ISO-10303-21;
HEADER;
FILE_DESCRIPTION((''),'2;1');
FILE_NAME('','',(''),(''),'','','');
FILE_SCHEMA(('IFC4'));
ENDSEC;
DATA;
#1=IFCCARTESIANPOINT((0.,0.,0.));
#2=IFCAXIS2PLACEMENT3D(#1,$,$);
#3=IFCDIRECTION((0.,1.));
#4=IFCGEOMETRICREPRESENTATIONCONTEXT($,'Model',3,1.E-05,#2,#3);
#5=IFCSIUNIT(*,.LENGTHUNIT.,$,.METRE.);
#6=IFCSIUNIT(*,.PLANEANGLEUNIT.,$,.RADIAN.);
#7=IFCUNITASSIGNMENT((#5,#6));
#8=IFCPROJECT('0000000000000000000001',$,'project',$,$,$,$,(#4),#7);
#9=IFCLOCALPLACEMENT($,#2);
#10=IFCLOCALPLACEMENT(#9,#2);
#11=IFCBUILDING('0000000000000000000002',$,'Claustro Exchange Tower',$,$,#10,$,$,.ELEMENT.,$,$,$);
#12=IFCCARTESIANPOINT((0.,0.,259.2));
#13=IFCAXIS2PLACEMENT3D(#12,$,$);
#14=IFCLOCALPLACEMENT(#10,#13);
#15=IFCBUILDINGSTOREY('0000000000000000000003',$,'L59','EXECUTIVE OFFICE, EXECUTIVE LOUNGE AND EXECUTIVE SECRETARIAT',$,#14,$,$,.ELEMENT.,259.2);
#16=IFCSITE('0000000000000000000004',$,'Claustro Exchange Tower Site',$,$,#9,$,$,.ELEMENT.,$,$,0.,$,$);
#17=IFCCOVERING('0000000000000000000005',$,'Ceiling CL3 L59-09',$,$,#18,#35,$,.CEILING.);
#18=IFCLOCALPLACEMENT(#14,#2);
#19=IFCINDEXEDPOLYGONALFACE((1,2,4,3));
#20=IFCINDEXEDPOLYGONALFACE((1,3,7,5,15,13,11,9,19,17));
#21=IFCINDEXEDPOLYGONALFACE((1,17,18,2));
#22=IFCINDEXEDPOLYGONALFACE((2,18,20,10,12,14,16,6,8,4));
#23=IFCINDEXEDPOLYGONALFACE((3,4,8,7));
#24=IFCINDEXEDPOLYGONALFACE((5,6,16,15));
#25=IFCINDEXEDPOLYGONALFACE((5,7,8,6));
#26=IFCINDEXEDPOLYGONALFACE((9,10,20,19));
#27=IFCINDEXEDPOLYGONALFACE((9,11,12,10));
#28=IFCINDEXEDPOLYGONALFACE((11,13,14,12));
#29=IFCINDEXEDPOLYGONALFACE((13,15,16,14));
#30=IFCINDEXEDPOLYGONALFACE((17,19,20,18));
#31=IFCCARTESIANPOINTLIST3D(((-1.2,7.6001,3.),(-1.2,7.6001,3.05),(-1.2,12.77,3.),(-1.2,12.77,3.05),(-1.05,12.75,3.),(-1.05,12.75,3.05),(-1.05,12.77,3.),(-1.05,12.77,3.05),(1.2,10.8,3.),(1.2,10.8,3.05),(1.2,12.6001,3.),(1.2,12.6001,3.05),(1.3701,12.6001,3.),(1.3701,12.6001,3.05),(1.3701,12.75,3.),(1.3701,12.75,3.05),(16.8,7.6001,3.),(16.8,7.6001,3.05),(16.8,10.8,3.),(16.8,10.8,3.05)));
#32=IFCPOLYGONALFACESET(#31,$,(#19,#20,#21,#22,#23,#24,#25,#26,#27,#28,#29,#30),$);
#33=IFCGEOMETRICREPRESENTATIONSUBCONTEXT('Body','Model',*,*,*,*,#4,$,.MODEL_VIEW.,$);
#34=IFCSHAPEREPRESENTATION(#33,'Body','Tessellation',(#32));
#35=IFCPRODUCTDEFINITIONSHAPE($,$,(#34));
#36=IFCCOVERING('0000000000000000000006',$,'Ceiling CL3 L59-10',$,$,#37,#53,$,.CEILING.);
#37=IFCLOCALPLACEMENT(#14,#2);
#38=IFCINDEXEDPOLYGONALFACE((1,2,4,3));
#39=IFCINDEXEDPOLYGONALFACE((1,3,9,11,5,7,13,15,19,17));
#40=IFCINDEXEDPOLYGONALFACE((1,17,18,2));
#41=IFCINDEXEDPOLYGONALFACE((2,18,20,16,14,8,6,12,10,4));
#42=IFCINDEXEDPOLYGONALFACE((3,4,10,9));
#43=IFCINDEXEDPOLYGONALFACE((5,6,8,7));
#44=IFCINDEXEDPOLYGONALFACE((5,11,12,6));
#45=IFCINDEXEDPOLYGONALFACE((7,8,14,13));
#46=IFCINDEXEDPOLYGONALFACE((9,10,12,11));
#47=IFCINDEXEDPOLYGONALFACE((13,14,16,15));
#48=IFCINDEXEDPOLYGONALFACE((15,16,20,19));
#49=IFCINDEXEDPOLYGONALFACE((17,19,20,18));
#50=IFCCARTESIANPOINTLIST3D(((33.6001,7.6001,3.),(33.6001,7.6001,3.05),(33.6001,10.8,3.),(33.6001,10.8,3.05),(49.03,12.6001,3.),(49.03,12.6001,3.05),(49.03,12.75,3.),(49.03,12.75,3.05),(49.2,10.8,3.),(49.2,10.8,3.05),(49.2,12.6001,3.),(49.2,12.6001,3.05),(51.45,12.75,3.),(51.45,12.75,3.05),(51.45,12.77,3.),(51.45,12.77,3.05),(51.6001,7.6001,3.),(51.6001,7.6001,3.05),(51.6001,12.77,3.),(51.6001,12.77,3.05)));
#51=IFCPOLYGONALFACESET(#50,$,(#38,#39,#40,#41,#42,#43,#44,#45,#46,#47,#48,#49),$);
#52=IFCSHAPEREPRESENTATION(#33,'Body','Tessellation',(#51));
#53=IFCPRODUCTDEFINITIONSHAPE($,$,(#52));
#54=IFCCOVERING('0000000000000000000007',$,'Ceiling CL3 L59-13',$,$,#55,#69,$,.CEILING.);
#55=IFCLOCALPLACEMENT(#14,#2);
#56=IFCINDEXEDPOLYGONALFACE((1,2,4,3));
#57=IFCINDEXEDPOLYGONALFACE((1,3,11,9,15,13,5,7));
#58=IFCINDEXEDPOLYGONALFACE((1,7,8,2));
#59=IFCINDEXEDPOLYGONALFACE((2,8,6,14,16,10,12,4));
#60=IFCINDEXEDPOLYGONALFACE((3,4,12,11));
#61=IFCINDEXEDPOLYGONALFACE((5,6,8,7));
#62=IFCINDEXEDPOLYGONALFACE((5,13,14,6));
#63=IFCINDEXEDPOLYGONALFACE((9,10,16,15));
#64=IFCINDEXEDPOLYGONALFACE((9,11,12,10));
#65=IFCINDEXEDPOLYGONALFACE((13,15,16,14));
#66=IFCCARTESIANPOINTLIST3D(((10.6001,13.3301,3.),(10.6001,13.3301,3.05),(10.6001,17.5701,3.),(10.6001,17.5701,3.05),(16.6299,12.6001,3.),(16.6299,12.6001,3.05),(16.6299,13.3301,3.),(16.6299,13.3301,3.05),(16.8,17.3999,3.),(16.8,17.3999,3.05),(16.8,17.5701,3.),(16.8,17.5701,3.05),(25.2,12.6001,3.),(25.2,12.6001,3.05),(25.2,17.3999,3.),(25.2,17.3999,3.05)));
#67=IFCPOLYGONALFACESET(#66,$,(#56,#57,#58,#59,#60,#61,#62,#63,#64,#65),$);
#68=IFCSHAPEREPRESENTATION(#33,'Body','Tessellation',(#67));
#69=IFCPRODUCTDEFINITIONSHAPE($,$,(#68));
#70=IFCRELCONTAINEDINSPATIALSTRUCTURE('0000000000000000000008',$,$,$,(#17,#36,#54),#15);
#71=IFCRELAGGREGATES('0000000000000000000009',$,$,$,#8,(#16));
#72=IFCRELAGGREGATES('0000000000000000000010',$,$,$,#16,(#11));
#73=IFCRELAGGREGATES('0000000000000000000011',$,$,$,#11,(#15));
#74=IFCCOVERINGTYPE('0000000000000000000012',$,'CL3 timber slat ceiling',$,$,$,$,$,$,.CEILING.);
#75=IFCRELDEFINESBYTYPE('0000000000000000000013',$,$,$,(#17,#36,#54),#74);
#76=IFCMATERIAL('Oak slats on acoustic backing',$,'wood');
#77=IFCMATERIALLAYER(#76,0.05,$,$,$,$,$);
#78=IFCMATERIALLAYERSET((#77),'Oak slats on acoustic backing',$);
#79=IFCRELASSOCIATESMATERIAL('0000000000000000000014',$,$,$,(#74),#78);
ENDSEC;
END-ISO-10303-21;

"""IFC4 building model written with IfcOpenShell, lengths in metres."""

from ifc_helpers import new_model, si_unit, direction, frame, origin, place, context, subcontext, project, spatial, polyline, outline, extrude, material, layer, layer_set, type_object, element, save


model = new_model("IFC4")

# Units and contexts
model_context = context("Model", 3, precision=1e-05, world=origin(), true_north=direction((0.0, 1.0)))
body_context = subcontext(model_context, "Body", "Model", "MODEL_VIEW")
ifc_project = project(units=[si_unit("LENGTHUNIT", "METRE"), si_unit("PLANEANGLEUNIT", "RADIAN")], contexts=[model_context])

# Site, building, storey
site_placement = place(None, origin())
site = spatial("IfcSite", under=ifc_project, at=site_placement, Name="Claustro Exchange Tower Site", CompositionType="ELEMENT", RefElevation=0.0)
building_placement = place(site_placement, origin())
building = spatial("IfcBuilding", under=site, at=building_placement, Name="Claustro Exchange Tower", CompositionType="ELEMENT")
storey_placement = place(building_placement, frame((0.0, 0.0, 259.2)))
storey = spatial("IfcBuildingStorey", under=building, at=storey_placement, Name="L59", Description="EXECUTIVE OFFICE, EXECUTIVE LOUNGE AND EXECUTIVE SECRETARIAT", CompositionType="ELEMENT", Elevation=259.2)

# Coverings
ifc_material_1 = material(Name="Oak slats on acoustic backing", Category="wood")
ifc_layer_1 = layer(ifc_material_1, 0.05)
ifc_layer_set_1 = layer_set([ifc_layer_1], Name="Oak slats on acoustic backing")
covering_type_1 = type_object("IfcCoveringType", Name="CL3 timber slat ceiling", PredefinedType="CEILING", material=ifc_layer_set_1)
covering_1_placement = place(storey_placement, frame((0.0, 0.0, 3.0)))
element("IfcCovering", 1, at=covering_1_placement, inside=storey, type_object=covering_type_1, Name="Ceiling CL3 L59-09", PredefinedType="CEILING", context=body_context, shape_type="SweptSolid", body=[
    extrude(outline(polyline([(1.2, 10.8), (1.2, 12.6001), (1.3701, 12.6001), (1.3701, 12.75), (-1.05, 12.75), (-1.05, 12.77), (-1.2, 12.77), (-1.2, 7.6001), (16.8, 7.6001), (16.8, 10.8), (1.2, 10.8)])), origin(), (0.0, 0.0, 1.0), 0.05),
])
covering_2_placement = place(storey_placement, frame((0.0, 0.0, 3.0)))
element("IfcCovering", 2, at=covering_2_placement, inside=storey, type_object=covering_type_1, Name="Ceiling CL3 L59-10", PredefinedType="CEILING", context=body_context, shape_type="SweptSolid", body=[
    extrude(outline(polyline([(51.6001, 7.6001), (51.6001, 12.77), (51.45, 12.77), (51.45, 12.75), (49.03, 12.75), (49.03, 12.6001), (49.2, 12.6001), (49.2, 10.8), (33.6001, 10.8), (33.6001, 7.6001), (51.6001, 7.6001)])), origin(), (0.0, 0.0, 1.0), 0.05),
])
covering_3_placement = place(storey_placement, frame((0.0, 0.0, 3.0)))
element("IfcCovering", 3, at=covering_3_placement, inside=storey, type_object=covering_type_1, Name="Ceiling CL3 L59-13", PredefinedType="CEILING", context=body_context, shape_type="SweptSolid", body=[
    extrude(outline(polyline([(25.2, 17.3999), (16.8, 17.3999), (16.8, 17.5701), (10.6001, 17.5701), (10.6001, 13.3301), (16.6299, 13.3301), (16.6299, 12.6001), (25.2, 12.6001), (25.2, 17.3999)])), origin(), (0.0, 0.0, 1.0), 0.05),
])

save(model, "model.ifc")
